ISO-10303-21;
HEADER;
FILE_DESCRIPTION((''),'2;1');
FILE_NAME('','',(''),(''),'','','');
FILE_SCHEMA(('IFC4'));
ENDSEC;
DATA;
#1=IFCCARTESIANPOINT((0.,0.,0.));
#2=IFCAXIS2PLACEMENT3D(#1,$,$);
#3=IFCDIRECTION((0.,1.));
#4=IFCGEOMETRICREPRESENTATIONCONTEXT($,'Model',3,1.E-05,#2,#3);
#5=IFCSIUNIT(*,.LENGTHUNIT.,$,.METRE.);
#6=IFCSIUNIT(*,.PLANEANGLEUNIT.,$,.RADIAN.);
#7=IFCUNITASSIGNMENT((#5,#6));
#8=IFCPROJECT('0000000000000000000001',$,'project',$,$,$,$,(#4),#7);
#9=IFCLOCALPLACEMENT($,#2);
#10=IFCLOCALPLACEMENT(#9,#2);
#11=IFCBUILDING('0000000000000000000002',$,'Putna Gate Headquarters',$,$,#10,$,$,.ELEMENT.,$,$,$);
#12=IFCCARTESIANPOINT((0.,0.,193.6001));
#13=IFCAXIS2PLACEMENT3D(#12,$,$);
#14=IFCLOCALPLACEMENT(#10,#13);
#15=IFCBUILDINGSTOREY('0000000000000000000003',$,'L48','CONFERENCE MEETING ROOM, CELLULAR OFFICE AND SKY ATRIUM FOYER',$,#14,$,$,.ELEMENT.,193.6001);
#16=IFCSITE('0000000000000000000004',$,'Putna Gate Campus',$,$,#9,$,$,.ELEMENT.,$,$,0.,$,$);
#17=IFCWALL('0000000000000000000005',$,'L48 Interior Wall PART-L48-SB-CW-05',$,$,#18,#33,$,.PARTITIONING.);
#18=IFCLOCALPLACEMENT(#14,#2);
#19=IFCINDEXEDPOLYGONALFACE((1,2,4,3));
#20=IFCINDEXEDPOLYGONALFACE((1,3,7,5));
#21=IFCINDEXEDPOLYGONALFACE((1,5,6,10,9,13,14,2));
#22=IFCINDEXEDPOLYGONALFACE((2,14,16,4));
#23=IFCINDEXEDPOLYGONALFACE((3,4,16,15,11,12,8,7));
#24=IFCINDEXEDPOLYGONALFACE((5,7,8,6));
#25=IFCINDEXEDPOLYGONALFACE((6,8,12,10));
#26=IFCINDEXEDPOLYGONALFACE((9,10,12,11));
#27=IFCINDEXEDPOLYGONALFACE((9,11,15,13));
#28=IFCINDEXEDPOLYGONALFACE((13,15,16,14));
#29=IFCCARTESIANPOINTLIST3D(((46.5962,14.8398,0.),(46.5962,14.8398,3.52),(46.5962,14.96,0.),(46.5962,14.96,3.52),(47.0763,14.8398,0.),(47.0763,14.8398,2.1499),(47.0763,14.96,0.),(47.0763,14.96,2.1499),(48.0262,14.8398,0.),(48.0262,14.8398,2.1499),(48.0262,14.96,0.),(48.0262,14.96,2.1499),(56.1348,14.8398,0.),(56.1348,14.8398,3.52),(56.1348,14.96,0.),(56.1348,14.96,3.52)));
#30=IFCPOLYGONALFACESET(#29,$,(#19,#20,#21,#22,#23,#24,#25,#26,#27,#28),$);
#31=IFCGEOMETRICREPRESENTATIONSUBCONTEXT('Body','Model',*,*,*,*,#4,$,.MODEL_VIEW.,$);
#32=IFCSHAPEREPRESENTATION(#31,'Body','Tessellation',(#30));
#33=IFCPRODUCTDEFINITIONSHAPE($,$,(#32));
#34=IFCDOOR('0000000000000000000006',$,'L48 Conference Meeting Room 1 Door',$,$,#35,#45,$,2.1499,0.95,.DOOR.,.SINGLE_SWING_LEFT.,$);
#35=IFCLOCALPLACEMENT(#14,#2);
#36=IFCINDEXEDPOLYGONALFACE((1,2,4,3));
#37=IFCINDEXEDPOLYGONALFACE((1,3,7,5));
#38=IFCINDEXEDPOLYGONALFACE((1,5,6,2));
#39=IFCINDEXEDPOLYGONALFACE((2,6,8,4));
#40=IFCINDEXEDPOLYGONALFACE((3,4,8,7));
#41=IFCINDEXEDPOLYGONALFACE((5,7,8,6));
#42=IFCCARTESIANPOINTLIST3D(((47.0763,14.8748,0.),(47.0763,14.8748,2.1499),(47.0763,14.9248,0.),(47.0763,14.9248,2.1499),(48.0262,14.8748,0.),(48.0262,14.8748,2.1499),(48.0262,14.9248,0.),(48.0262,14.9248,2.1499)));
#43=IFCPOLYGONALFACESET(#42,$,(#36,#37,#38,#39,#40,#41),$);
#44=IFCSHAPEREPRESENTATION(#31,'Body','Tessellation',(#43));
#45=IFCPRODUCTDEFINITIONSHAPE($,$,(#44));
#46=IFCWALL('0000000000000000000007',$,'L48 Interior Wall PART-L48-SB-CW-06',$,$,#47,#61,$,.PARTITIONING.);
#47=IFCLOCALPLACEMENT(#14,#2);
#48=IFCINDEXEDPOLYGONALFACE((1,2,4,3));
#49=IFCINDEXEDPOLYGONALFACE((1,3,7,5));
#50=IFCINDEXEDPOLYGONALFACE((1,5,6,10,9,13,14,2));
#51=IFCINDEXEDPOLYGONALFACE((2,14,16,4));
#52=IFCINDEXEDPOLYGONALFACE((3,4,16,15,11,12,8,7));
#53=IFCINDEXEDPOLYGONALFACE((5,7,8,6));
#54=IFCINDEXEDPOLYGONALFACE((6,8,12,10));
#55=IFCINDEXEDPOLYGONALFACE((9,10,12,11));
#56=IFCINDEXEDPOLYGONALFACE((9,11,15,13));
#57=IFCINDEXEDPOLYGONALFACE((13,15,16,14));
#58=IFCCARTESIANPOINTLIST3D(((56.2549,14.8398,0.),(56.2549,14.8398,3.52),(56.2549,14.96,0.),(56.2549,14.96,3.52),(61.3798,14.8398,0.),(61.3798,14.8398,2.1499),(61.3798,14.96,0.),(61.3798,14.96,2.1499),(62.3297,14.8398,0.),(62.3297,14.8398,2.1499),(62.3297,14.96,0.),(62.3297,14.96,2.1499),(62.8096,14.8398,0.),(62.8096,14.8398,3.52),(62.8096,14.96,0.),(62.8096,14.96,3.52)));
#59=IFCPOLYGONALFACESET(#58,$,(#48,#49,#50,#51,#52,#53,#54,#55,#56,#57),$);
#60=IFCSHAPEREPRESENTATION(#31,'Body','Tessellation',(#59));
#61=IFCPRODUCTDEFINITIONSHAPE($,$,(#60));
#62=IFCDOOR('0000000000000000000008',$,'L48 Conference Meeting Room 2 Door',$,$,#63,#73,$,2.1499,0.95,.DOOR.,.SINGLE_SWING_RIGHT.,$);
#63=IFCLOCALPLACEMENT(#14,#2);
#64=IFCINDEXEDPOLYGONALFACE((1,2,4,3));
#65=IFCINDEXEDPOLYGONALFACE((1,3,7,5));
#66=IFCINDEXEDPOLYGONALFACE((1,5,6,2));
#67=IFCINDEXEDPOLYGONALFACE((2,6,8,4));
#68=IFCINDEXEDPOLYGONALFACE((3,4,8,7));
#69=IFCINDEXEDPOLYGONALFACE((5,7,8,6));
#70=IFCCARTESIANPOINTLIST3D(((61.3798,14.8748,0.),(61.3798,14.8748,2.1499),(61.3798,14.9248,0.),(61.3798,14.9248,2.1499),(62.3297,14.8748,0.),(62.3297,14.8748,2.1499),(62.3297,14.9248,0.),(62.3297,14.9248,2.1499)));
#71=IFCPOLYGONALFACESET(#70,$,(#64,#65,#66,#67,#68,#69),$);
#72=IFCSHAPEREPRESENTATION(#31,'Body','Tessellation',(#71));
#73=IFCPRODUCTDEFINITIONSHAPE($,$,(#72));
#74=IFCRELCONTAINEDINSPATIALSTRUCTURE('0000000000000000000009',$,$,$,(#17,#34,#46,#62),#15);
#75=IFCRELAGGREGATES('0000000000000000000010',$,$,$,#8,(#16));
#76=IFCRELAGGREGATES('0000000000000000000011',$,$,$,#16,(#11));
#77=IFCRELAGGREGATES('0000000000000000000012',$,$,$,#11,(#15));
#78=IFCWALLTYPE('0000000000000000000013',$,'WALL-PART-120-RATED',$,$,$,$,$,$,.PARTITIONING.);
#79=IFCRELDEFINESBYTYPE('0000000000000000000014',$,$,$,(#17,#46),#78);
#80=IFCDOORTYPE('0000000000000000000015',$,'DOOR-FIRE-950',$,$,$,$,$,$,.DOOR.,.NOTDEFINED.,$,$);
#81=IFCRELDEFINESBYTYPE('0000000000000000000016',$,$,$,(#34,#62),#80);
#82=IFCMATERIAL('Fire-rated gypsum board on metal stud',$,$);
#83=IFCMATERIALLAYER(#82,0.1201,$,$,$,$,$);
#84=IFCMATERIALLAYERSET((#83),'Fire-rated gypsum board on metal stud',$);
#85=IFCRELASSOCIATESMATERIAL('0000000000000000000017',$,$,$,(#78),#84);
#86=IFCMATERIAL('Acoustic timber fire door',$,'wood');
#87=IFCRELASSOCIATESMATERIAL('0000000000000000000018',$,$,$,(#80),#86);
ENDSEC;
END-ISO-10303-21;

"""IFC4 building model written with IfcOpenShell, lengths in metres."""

from ifc_helpers import new_model, si_unit, direction, frame, frame_2d, origin, place, context, subcontext, project, spatial, rectangle, extrude, material, layer, layer_set, type_object, element, fill, save


model = new_model("IFC4")

# Units and contexts
model_context = context("Model", 3, precision=1e-05, world=origin(), true_north=direction((0.0, 1.0)))
body_context = subcontext(model_context, "Body", "Model", "MODEL_VIEW")
ifc_project = project(units=[si_unit("LENGTHUNIT", "METRE"), si_unit("PLANEANGLEUNIT", "RADIAN")], contexts=[model_context])

# Site, building, storey
site_placement = place(None, origin())
site = spatial("IfcSite", under=ifc_project, at=site_placement, Name="Putna Gate Campus", CompositionType="ELEMENT", RefElevation=0.0)
building_placement = place(site_placement, origin())
building = spatial("IfcBuilding", under=site, at=building_placement, Name="Putna Gate Headquarters", CompositionType="ELEMENT")
storey_placement = place(building_placement, frame((0.0, 0.0, 193.6001)))
storey = spatial("IfcBuildingStorey", under=building, at=storey_placement, Name="L48", Description="CONFERENCE MEETING ROOM, CELLULAR OFFICE AND SKY ATRIUM FOYER", CompositionType="ELEMENT", Elevation=193.6001)

# Walls, openings, doors
ifc_material_1 = material(Name="Fire-rated gypsum board on metal stud")
ifc_layer = layer(ifc_material_1, 0.1201)
ifc_layer_set = layer_set([ifc_layer], Name="Fire-rated gypsum board on metal stud")
wall_type = type_object("IfcWallType", Name="WALL-PART-120-RATED", PredefinedType="PARTITIONING", material=ifc_layer_set)
wall_1_placement = place(storey_placement, frame((46.5962, 14.8999, 0.0), z_axis=(0.0, 0.0, 1.0), x_axis=(1.0, 0.0, 0.0)))
wall_1 = element("IfcWall", 1, at=wall_1_placement, inside=storey, type_object=wall_type, Name="L48 Interior Wall PART-L48-SB-CW-05", PredefinedType="PARTITIONING", context=body_context, shape_type="SweptSolid", body=[
    extrude(rectangle(XDim=9.5386, YDim=0.1201, at=frame_2d((4.7693, 0.0))), origin(), (0.0, 0.0, 1.0), 3.52),
])
opening_1_placement = place(wall_1_placement, frame((0.48, 0.0, 0.0)))
opening_1 = element("IfcOpeningElement", 2, at=opening_1_placement, cuts=wall_1, PredefinedType="OPENING", context=body_context, shape_type="SweptSolid", body=[
    extrude(rectangle(XDim=0.95, YDim=2.1499, at=frame_2d((0.4751, 1.075))), frame((0.0, 0.0701, 0.0), z_axis=(0.0, -1.0, 0.0), x_axis=(1.0, 0.0, 0.0)), (0.0, 0.0, 1.0), 0.1401),
])
ifc_material_2 = material(Name="Acoustic timber fire door", Category="wood")
door_type = type_object("IfcDoorType", Name="DOOR-FIRE-950", OperationType="NOTDEFINED", PredefinedType="DOOR", material=ifc_material_2)
door_1_placement = place(opening_1_placement, origin())
door_1 = element("IfcDoor", 3, at=door_1_placement, inside=storey, type_object=door_type, Name="L48 Conference Meeting Room 1 Door", OperationType="SINGLE_SWING_LEFT", OverallHeight=2.1499, OverallWidth=0.95, PredefinedType="DOOR", context=body_context, shape_type="SweptSolid", body=[
    extrude(rectangle(XDim=0.95, YDim=2.1499, at=frame_2d((0.4751, 1.075))), frame((0.0, 0.0249, 0.0), z_axis=(0.0, -1.0, 0.0), x_axis=(1.0, 0.0, 0.0)), (0.0, 0.0, 1.0), 0.05),
])
fill(opening_1, door_1)
wall_2_placement = place(storey_placement, frame((56.2549, 14.8999, 0.0), z_axis=(0.0, 0.0, 1.0), x_axis=(1.0, 0.0, 0.0)))
wall_2 = element("IfcWall", 4, at=wall_2_placement, inside=storey, type_object=wall_type, Name="L48 Interior Wall PART-L48-SB-CW-06", PredefinedType="PARTITIONING", context=body_context, shape_type="SweptSolid", body=[
    extrude(rectangle(XDim=6.5547, YDim=0.1201, at=frame_2d((3.2773, 0.0))), origin(), (0.0, 0.0, 1.0), 3.52),
])
opening_2_placement = place(wall_2_placement, frame((5.1248, 0.0, 0.0)))
opening_2 = element("IfcOpeningElement", 5, at=opening_2_placement, cuts=wall_2, PredefinedType="OPENING", context=body_context, shape_type="SweptSolid", body=[
    extrude(rectangle(XDim=0.95, YDim=2.1499, at=frame_2d((0.4751, 1.075))), frame((0.0, 0.0701, 0.0), z_axis=(0.0, -1.0, 0.0), x_axis=(1.0, 0.0, 0.0)), (0.0, 0.0, 1.0), 0.1401),
])
door_2_placement = place(opening_2_placement, origin())
door_2 = element("IfcDoor", 6, at=door_2_placement, inside=storey, type_object=door_type, Name="L48 Conference Meeting Room 2 Door", OperationType="SINGLE_SWING_RIGHT", OverallHeight=2.1499, OverallWidth=0.95, PredefinedType="DOOR", context=body_context, shape_type="SweptSolid", body=[
    extrude(rectangle(XDim=0.95, YDim=2.1499, at=frame_2d((0.4751, 1.075))), frame((0.0, 0.0249, 0.0), z_axis=(0.0, -1.0, 0.0), x_axis=(1.0, 0.0, 0.0)), (0.0, 0.0, 1.0), 0.05),
])
fill(opening_2, door_2)

save(model, "model.ifc")
